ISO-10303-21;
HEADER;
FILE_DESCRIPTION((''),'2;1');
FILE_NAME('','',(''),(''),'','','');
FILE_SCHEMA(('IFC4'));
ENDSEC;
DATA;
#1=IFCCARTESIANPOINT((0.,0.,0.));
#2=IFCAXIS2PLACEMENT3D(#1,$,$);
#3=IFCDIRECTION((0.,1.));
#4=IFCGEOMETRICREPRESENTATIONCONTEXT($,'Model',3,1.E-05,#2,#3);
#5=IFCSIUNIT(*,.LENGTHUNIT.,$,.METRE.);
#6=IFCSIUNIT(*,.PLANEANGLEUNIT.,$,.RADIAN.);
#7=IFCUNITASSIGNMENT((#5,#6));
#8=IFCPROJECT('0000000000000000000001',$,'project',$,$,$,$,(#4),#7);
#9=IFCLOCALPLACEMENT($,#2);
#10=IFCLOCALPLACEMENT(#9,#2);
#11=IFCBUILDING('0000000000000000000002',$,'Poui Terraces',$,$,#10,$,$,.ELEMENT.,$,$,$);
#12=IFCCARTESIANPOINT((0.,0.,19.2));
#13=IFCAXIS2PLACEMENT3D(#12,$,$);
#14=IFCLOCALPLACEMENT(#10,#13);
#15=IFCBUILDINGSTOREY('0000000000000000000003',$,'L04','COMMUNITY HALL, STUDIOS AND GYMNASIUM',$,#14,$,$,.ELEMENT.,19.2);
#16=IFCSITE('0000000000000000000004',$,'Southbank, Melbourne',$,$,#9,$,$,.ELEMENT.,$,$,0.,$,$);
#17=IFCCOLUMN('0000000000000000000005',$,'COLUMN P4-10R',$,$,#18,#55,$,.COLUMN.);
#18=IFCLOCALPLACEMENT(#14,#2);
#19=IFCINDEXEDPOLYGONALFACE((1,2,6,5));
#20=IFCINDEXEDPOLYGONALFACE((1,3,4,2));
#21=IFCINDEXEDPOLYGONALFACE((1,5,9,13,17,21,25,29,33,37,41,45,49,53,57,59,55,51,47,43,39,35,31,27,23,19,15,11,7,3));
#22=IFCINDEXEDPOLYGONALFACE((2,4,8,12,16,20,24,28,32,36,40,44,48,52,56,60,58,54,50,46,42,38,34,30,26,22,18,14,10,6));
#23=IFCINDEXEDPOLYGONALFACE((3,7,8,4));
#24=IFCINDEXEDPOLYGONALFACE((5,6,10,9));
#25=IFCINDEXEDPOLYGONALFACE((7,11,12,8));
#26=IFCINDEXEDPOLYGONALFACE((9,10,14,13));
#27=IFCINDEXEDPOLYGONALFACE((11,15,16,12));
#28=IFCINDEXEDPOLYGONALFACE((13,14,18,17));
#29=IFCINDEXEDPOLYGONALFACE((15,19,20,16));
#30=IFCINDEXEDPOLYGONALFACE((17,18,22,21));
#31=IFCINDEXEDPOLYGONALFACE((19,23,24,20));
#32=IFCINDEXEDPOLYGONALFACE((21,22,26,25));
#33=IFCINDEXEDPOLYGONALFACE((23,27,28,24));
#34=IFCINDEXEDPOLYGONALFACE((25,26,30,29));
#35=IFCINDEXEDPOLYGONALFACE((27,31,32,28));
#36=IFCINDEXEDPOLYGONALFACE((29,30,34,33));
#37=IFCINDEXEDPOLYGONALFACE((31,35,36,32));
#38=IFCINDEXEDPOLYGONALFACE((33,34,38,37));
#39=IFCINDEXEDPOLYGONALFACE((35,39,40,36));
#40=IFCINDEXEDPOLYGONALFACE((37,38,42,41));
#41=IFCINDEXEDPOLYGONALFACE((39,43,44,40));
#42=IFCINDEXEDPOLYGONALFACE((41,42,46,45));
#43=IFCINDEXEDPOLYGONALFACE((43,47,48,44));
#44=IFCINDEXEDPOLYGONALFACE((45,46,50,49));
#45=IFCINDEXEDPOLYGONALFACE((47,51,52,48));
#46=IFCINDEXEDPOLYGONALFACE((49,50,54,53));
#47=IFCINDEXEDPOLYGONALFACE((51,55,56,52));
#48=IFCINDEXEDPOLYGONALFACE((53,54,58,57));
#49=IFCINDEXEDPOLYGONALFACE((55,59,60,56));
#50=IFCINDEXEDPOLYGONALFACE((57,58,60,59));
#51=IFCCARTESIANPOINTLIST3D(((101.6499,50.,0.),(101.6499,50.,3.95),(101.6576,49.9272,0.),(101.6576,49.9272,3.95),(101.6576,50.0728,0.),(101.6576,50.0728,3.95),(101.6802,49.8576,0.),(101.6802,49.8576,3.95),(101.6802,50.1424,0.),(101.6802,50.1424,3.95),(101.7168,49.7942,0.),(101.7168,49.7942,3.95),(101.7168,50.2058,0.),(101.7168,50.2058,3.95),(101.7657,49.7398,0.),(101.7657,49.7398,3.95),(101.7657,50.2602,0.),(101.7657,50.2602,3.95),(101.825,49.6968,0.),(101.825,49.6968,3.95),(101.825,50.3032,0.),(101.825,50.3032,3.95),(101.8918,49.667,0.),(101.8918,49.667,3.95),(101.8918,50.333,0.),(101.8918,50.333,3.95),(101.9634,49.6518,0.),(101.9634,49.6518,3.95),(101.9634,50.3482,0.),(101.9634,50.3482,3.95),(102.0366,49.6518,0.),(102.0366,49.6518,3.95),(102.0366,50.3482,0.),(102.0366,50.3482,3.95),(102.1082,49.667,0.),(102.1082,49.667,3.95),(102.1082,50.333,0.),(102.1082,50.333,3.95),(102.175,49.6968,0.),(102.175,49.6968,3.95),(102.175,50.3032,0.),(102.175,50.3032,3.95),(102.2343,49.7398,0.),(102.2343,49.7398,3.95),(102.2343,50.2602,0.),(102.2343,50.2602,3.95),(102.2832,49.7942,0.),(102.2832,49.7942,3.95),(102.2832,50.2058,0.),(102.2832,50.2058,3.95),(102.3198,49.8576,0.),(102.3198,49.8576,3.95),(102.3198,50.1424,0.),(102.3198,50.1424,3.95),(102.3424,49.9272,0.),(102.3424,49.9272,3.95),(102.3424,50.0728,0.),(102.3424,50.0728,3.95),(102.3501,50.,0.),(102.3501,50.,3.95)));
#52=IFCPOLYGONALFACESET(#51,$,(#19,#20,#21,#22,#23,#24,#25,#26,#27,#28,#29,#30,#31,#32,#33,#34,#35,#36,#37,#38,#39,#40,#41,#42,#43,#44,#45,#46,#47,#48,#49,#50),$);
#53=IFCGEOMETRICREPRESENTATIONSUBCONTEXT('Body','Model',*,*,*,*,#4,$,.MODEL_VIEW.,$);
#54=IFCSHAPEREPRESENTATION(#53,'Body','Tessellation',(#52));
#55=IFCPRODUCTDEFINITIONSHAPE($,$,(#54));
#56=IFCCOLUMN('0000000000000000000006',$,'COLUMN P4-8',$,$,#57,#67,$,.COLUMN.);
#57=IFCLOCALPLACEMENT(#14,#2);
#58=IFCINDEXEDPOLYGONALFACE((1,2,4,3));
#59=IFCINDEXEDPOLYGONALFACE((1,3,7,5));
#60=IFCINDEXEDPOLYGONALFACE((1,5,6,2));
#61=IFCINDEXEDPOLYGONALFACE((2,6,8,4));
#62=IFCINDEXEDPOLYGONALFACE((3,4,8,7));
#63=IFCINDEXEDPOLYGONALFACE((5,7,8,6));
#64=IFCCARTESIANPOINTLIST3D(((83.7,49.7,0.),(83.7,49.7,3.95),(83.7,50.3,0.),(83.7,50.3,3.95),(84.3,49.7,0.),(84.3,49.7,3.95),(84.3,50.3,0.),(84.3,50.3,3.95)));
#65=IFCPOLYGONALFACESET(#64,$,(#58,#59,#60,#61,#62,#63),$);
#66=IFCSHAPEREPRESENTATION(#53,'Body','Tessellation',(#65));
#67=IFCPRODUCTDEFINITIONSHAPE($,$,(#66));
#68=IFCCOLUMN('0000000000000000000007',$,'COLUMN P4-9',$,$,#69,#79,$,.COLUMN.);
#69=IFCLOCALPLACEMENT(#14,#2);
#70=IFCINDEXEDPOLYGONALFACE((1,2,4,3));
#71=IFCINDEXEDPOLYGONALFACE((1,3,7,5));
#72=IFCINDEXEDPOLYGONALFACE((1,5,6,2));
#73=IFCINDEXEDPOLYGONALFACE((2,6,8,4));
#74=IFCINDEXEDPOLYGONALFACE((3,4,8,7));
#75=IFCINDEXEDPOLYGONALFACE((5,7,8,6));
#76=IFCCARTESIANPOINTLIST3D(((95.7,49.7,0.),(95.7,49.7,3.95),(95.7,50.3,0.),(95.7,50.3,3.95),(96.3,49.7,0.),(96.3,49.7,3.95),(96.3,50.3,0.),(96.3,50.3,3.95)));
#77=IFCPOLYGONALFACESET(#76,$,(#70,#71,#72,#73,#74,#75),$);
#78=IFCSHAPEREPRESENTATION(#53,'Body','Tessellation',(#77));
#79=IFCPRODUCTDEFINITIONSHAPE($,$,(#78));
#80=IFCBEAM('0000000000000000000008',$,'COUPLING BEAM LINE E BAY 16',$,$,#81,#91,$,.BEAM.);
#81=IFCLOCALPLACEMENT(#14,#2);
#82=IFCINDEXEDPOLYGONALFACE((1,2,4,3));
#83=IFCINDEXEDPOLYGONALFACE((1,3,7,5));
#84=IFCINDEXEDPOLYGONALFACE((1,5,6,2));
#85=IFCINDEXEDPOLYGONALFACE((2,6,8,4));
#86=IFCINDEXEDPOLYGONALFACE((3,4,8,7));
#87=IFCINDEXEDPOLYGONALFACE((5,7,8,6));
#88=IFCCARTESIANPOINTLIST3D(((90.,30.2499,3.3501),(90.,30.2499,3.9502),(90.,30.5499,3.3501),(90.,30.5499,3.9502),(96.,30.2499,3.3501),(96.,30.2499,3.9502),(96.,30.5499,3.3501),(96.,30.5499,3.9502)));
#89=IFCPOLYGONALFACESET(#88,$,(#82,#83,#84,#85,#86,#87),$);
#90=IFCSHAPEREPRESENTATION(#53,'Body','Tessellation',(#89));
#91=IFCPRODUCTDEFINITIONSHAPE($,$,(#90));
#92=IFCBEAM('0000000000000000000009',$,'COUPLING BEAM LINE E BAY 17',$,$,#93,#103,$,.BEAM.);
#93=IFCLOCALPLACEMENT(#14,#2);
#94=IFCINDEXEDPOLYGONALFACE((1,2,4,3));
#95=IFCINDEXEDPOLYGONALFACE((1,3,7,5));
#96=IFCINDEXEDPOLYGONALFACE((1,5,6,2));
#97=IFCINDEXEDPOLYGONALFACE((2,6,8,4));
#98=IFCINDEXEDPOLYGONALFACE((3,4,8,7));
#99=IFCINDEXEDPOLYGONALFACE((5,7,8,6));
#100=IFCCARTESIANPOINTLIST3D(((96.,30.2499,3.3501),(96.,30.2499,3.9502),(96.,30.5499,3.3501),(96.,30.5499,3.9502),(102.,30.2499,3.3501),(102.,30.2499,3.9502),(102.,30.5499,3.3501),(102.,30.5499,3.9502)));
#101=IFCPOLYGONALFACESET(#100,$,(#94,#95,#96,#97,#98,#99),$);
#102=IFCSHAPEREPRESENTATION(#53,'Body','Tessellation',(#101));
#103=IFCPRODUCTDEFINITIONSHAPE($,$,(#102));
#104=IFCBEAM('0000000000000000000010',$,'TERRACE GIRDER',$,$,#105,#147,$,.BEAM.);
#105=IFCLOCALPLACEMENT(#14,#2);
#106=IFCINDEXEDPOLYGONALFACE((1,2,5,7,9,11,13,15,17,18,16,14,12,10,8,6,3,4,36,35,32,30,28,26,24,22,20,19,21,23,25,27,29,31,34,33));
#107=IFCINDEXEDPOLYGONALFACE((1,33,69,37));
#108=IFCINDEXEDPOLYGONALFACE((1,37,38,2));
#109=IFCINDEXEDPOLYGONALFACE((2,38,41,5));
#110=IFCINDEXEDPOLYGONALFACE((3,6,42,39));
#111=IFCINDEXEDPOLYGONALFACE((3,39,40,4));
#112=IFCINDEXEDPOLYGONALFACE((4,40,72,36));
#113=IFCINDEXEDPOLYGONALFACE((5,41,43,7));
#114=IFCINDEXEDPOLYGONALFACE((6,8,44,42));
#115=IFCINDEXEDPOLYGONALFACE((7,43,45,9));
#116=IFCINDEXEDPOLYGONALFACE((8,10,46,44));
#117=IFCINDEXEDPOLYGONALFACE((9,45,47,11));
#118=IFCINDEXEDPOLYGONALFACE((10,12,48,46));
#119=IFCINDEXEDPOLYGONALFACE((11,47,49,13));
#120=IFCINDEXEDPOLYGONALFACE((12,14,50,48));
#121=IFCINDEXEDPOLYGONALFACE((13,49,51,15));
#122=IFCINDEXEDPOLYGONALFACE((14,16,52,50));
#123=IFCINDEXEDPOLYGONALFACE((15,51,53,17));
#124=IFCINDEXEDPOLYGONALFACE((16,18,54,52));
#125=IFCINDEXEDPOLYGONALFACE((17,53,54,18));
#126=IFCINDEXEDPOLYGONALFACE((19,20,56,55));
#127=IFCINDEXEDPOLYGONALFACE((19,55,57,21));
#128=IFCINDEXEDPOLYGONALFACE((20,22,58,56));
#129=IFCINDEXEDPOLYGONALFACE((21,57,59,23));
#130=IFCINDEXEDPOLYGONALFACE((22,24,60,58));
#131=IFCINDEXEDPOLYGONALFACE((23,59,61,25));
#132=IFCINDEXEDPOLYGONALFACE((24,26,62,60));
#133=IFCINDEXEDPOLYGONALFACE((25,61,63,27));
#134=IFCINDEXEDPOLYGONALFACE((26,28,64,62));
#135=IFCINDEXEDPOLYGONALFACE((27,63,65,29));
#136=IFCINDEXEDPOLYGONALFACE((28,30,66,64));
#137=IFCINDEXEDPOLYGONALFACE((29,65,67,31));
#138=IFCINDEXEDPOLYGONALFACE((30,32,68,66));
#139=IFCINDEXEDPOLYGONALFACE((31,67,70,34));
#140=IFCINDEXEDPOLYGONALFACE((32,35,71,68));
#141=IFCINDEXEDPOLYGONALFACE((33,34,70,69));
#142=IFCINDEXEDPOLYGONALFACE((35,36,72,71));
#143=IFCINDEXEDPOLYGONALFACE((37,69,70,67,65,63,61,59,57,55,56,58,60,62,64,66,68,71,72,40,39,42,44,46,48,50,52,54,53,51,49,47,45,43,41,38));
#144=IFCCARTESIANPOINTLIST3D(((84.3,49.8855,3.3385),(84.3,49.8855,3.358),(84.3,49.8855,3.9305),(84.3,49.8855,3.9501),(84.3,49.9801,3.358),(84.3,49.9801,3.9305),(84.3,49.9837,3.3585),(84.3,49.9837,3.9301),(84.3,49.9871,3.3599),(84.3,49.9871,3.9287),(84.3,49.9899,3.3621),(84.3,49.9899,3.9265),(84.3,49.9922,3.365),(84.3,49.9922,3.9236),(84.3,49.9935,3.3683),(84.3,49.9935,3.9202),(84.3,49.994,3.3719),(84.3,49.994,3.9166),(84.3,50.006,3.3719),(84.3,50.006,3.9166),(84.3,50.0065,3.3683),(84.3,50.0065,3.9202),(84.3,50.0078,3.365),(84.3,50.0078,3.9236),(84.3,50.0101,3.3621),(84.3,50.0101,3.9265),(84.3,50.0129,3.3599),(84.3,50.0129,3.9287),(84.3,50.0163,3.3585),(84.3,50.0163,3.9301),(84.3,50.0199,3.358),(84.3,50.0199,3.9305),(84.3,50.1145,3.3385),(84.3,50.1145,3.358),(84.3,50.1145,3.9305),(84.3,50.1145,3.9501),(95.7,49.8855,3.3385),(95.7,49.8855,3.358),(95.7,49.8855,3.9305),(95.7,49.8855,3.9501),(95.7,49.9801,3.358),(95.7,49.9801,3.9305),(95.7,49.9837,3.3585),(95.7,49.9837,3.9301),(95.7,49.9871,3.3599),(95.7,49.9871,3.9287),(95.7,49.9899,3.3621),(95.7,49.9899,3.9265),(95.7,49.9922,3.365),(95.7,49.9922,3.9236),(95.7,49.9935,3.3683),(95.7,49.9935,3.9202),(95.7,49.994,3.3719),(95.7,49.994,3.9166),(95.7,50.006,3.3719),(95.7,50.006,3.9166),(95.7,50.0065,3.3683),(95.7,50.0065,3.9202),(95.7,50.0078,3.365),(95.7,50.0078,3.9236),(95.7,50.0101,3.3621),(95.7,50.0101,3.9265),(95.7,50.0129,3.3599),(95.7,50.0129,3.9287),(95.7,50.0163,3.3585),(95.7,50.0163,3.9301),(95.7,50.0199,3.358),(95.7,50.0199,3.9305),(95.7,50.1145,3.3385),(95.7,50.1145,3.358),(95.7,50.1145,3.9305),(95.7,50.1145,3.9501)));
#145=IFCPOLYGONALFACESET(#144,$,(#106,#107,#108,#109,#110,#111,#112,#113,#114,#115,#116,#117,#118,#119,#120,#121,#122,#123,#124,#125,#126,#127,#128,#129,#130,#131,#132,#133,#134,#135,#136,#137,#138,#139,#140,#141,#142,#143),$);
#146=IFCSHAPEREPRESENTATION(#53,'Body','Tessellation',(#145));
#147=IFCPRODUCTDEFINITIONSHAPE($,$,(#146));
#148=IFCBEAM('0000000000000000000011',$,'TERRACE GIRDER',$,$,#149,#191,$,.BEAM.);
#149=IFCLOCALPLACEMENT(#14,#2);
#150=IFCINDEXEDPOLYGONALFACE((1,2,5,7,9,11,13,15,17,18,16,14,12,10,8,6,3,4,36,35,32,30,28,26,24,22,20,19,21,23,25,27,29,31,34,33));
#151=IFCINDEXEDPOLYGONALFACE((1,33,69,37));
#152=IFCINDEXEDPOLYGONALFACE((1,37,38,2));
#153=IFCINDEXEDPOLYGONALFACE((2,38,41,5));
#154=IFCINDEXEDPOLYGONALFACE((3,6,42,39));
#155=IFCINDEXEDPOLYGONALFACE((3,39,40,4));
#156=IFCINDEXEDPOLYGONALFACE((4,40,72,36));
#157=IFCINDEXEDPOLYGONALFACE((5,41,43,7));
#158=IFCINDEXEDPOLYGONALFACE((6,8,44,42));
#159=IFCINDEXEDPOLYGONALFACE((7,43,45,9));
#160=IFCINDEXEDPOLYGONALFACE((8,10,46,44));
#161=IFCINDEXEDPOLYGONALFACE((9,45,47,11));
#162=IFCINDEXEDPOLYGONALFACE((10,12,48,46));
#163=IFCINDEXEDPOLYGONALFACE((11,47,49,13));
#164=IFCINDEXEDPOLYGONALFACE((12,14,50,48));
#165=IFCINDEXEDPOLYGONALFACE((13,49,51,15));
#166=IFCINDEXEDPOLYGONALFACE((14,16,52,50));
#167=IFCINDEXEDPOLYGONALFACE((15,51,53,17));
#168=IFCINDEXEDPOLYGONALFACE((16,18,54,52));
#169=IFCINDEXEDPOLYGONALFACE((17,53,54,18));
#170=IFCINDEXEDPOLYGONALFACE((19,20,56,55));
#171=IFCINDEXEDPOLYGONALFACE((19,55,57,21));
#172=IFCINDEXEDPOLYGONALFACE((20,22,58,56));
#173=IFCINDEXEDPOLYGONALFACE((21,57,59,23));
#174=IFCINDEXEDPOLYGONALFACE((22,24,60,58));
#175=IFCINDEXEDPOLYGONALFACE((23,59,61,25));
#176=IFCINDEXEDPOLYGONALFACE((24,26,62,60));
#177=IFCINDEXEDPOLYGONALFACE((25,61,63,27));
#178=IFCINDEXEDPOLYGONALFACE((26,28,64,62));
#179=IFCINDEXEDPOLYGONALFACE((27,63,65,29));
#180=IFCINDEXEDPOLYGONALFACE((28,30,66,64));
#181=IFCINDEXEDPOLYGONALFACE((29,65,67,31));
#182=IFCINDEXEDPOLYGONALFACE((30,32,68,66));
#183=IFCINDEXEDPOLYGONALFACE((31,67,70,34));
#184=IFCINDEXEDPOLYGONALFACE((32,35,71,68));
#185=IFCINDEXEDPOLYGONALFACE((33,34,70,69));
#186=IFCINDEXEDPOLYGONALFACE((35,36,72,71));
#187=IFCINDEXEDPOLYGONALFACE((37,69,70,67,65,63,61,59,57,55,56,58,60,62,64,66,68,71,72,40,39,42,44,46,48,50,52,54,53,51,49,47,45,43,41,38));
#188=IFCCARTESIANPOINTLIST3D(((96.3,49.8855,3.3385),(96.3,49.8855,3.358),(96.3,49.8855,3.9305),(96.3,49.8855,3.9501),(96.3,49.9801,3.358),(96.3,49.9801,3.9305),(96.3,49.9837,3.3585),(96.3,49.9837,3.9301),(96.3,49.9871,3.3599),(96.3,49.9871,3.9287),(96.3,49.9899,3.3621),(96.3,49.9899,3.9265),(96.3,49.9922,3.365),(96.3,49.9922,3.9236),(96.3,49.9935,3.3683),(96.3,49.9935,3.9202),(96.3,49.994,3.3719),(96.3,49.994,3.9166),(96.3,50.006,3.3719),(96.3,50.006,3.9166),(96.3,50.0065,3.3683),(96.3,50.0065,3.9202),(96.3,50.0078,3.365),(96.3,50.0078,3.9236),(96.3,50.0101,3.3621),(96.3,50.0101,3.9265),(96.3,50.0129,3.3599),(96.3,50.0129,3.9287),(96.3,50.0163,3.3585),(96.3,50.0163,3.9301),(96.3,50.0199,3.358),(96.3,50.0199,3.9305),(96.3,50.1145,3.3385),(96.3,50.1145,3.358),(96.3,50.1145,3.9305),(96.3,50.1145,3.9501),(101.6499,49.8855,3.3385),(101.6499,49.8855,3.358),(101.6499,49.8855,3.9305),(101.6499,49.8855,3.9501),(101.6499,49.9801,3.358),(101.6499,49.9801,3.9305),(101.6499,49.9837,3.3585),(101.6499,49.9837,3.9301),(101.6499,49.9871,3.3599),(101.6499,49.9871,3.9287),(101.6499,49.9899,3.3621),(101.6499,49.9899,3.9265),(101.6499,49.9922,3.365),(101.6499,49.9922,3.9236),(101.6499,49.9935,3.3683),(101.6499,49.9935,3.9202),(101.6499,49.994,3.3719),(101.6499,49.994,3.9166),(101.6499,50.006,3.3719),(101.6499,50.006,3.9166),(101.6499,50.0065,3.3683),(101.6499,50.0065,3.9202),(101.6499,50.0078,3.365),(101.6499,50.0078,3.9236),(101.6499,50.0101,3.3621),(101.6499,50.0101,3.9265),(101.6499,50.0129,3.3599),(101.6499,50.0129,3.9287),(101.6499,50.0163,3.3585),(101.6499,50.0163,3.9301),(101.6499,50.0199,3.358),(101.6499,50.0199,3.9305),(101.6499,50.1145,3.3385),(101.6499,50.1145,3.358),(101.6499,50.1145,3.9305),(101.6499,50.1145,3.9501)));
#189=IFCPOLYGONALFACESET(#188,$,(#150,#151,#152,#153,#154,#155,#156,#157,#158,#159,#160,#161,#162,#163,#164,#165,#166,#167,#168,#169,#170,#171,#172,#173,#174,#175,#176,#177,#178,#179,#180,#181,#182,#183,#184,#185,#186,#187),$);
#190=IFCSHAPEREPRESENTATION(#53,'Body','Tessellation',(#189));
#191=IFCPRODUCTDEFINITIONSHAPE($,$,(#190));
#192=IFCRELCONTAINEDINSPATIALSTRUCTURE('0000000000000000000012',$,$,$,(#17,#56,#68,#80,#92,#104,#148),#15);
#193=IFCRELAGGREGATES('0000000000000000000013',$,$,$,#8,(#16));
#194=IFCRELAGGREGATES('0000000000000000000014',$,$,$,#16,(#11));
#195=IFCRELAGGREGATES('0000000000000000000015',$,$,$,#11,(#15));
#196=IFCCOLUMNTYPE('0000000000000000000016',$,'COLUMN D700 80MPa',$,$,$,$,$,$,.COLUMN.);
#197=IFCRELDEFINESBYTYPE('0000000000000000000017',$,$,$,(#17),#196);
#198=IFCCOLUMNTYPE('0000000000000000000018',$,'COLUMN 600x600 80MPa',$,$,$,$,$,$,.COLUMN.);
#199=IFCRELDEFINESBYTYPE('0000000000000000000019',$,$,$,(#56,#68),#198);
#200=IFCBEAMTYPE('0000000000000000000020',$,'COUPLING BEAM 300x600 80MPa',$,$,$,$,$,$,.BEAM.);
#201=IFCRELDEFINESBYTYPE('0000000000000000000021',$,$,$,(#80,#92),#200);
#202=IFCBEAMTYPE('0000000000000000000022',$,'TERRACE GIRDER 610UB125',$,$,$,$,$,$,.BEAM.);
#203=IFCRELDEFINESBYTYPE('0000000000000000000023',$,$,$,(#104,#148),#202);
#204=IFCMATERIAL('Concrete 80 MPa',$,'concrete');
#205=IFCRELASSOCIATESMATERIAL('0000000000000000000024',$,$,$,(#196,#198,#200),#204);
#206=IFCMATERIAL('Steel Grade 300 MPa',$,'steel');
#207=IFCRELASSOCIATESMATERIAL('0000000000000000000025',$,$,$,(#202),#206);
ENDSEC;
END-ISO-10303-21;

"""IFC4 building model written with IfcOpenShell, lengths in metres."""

from ifc_helpers import new_model, si_unit, direction, frame, origin, origin_2d, place, context, subcontext, project, spatial, rectangle, circle, i_section, extrude, source, transform, mapped, material, material_profile, profile_set, type_object, element, save


model = new_model("IFC4")

# Units and contexts
model_context = context("Model", 3, precision=1e-05, world=origin(), true_north=direction((0.0, 1.0)))
body_context = subcontext(model_context, "Body", "Model", "MODEL_VIEW")
ifc_project = project(units=[si_unit("LENGTHUNIT", "METRE"), si_unit("PLANEANGLEUNIT", "RADIAN")], contexts=[model_context])

# Site, building, storey
site_placement = place(None, origin())
site = spatial("IfcSite", under=ifc_project, at=site_placement, Name="Southbank, Melbourne", CompositionType="ELEMENT", RefElevation=0.0)
building_placement = place(site_placement, origin())
building = spatial("IfcBuilding", under=site, at=building_placement, Name="Poui Terraces", CompositionType="ELEMENT")
storey_placement = place(building_placement, frame((0.0, 0.0, 19.2)))
storey = spatial("IfcBuildingStorey", under=building, at=storey_placement, Name="L04", Description="COMMUNITY HALL, STUDIOS AND GYMNASIUM", CompositionType="ELEMENT", Elevation=19.2)

# Columns
ifc_material_1 = material(Name="Concrete 80 MPa", Category="concrete")
ifc_material_profile_1 = material_profile(ifc_material_1, circle(Radius=0.3501, at=origin_2d()), Name="RC D700")
ifc_profile_set_1 = profile_set([ifc_material_profile_1], Name="Concrete 80 MPa")
column_type_1 = type_object("IfcColumnType", Name="COLUMN D700 80MPa", PredefinedType="COLUMN", material=ifc_profile_set_1)
shared_shape_1 = source(origin(), body_context, "Body", "SweptSolid", [
    extrude(circle(Radius=0.3501, at=origin_2d()), origin(), (0.0, 0.0, 1.0), 3.95),
])
column_placement = place(storey_placement, frame((102.0, 50.0, 0.0), z_axis=(0.0, 0.0, 1.0), x_axis=(1.0, 0.0, 0.0)))
element("IfcColumn", 1, at=column_placement, inside=storey, type_object=column_type_1, Name="COLUMN P4-10R", PredefinedType="COLUMN", context=body_context, shape_type="MappedRepresentation", body=[
    mapped(shared_shape_1, transform((0.0, 0.0, 0.0))),
])
ifc_material_profile_2 = material_profile(ifc_material_1, rectangle(XDim=0.6001, YDim=0.6001, at=origin_2d()), Name="RC 600x600")
ifc_profile_set_2 = profile_set([ifc_material_profile_2], Name="Concrete 80 MPa")
column_type_2 = type_object("IfcColumnType", Name="COLUMN 600x600 80MPa", PredefinedType="COLUMN", material=ifc_profile_set_2)
shared_shape_2 = source(origin(), body_context, "Body", "SweptSolid", [
    extrude(rectangle(XDim=0.6001, YDim=0.6001, at=origin_2d()), origin(), (0.0, 0.0, 1.0), 3.95),
])
for number, where, z_axis, x_axis, name in (
    (2, (84.0, 50.0, 0.0), (0.0, 0.0, 1.0), (1.0, 0.0, 0.0), "COLUMN P4-8"),
    (3, (96.0, 50.0, 0.0), (0.0, 0.0, 1.0), (1.0, 0.0, 0.0), "COLUMN P4-9"),
):
    element("IfcColumn", number, at=place(storey_placement, frame(where, z_axis=z_axis, x_axis=x_axis)), inside=storey, type_object=column_type_2, Name=name, PredefinedType="COLUMN", context=body_context, shape_type="MappedRepresentation", body=[
        mapped(shared_shape_2, transform((0.0, 0.0, 0.0))),
    ])

# Beams
ifc_material_profile_3 = material_profile(ifc_material_1, rectangle(XDim=0.3, YDim=0.6001, at=origin_2d()), Name="RC 300x600")
ifc_profile_set_3 = profile_set([ifc_material_profile_3], Name="Concrete 80 MPa")
beam_type_1 = type_object("IfcBeamType", Name="COUPLING BEAM 300x600 80MPa", PredefinedType="BEAM", material=ifc_profile_set_3)
shared_shape_3 = source(origin(), body_context, "Body", "SweptSolid", [
    extrude(rectangle(XDim=0.3, YDim=0.6001, at=origin_2d()), origin(), (0.0, 0.0, 1.0), 6.0),
])
for number, where, z_axis, x_axis, name in (
    (4, (90.0, 30.3999, 3.6501), (1.0, 0.0, 0.0), (0.0, 1.0, 0.0), "COUPLING BEAM LINE E BAY 16"),
    (5, (96.0, 30.3999, 3.6501), (1.0, 0.0, 0.0), (0.0, 1.0, 0.0), "COUPLING BEAM LINE E BAY 17"),
):
    element("IfcBeam", number, at=place(storey_placement, frame(where, z_axis=z_axis, x_axis=x_axis)), inside=storey, type_object=beam_type_1, Name=name, PredefinedType="BEAM", context=body_context, shape_type="MappedRepresentation", body=[
        mapped(shared_shape_3, transform((0.0, 0.0, 0.0))),
    ])
ifc_material_2 = material(Name="Steel Grade 300 MPa", Category="steel")
ifc_material_profile_4 = material_profile(ifc_material_2, i_section(OverallWidth=0.229, OverallDepth=0.6116, WebThickness=0.012, FlangeThickness=0.0195, FilletRadius=0.0139, at=origin_2d()), Name="610UB125")
ifc_profile_set_4 = profile_set([ifc_material_profile_4], Name="Steel Grade 300 MPa")
beam_type_2 = type_object("IfcBeamType", Name="TERRACE GIRDER 610UB125", PredefinedType="BEAM", material=ifc_profile_set_4)
shared_shape_4 = source(origin(), body_context, "Body", "SweptSolid", [
    extrude(i_section(OverallWidth=0.229, OverallDepth=0.6116, WebThickness=0.012, FlangeThickness=0.0195, FilletRadius=0.0139, at=origin_2d()), origin(), (0.0, 0.0, 1.0), 11.3999),
])
beam_1_placement = place(storey_placement, frame((84.3, 50.0, 3.6443), z_axis=(1.0, 0.0, 0.0), x_axis=(0.0, 1.0, 0.0)))
element("IfcBeam", 6, at=beam_1_placement, inside=storey, type_object=beam_type_2, Name="TERRACE GIRDER", PredefinedType="BEAM", context=body_context, shape_type="MappedRepresentation", body=[
    mapped(shared_shape_4, transform((0.0, 0.0, 0.0))),
])
shared_shape_5 = source(origin(), body_context, "Body", "SweptSolid", [
    extrude(i_section(OverallWidth=0.229, OverallDepth=0.6116, WebThickness=0.012, FlangeThickness=0.0195, FilletRadius=0.0139, at=origin_2d()), origin(), (0.0, 0.0, 1.0), 5.3499),
])
beam_2_placement = place(storey_placement, frame((96.3, 50.0, 3.6443), z_axis=(1.0, 0.0, 0.0), x_axis=(0.0, 1.0, 0.0)))
element("IfcBeam", 7, at=beam_2_placement, inside=storey, type_object=beam_type_2, Name="TERRACE GIRDER", PredefinedType="BEAM", context=body_context, shape_type="MappedRepresentation", body=[
    mapped(shared_shape_5, transform((0.0, 0.0, 0.0))),
])

save(model, "model.ifc")
